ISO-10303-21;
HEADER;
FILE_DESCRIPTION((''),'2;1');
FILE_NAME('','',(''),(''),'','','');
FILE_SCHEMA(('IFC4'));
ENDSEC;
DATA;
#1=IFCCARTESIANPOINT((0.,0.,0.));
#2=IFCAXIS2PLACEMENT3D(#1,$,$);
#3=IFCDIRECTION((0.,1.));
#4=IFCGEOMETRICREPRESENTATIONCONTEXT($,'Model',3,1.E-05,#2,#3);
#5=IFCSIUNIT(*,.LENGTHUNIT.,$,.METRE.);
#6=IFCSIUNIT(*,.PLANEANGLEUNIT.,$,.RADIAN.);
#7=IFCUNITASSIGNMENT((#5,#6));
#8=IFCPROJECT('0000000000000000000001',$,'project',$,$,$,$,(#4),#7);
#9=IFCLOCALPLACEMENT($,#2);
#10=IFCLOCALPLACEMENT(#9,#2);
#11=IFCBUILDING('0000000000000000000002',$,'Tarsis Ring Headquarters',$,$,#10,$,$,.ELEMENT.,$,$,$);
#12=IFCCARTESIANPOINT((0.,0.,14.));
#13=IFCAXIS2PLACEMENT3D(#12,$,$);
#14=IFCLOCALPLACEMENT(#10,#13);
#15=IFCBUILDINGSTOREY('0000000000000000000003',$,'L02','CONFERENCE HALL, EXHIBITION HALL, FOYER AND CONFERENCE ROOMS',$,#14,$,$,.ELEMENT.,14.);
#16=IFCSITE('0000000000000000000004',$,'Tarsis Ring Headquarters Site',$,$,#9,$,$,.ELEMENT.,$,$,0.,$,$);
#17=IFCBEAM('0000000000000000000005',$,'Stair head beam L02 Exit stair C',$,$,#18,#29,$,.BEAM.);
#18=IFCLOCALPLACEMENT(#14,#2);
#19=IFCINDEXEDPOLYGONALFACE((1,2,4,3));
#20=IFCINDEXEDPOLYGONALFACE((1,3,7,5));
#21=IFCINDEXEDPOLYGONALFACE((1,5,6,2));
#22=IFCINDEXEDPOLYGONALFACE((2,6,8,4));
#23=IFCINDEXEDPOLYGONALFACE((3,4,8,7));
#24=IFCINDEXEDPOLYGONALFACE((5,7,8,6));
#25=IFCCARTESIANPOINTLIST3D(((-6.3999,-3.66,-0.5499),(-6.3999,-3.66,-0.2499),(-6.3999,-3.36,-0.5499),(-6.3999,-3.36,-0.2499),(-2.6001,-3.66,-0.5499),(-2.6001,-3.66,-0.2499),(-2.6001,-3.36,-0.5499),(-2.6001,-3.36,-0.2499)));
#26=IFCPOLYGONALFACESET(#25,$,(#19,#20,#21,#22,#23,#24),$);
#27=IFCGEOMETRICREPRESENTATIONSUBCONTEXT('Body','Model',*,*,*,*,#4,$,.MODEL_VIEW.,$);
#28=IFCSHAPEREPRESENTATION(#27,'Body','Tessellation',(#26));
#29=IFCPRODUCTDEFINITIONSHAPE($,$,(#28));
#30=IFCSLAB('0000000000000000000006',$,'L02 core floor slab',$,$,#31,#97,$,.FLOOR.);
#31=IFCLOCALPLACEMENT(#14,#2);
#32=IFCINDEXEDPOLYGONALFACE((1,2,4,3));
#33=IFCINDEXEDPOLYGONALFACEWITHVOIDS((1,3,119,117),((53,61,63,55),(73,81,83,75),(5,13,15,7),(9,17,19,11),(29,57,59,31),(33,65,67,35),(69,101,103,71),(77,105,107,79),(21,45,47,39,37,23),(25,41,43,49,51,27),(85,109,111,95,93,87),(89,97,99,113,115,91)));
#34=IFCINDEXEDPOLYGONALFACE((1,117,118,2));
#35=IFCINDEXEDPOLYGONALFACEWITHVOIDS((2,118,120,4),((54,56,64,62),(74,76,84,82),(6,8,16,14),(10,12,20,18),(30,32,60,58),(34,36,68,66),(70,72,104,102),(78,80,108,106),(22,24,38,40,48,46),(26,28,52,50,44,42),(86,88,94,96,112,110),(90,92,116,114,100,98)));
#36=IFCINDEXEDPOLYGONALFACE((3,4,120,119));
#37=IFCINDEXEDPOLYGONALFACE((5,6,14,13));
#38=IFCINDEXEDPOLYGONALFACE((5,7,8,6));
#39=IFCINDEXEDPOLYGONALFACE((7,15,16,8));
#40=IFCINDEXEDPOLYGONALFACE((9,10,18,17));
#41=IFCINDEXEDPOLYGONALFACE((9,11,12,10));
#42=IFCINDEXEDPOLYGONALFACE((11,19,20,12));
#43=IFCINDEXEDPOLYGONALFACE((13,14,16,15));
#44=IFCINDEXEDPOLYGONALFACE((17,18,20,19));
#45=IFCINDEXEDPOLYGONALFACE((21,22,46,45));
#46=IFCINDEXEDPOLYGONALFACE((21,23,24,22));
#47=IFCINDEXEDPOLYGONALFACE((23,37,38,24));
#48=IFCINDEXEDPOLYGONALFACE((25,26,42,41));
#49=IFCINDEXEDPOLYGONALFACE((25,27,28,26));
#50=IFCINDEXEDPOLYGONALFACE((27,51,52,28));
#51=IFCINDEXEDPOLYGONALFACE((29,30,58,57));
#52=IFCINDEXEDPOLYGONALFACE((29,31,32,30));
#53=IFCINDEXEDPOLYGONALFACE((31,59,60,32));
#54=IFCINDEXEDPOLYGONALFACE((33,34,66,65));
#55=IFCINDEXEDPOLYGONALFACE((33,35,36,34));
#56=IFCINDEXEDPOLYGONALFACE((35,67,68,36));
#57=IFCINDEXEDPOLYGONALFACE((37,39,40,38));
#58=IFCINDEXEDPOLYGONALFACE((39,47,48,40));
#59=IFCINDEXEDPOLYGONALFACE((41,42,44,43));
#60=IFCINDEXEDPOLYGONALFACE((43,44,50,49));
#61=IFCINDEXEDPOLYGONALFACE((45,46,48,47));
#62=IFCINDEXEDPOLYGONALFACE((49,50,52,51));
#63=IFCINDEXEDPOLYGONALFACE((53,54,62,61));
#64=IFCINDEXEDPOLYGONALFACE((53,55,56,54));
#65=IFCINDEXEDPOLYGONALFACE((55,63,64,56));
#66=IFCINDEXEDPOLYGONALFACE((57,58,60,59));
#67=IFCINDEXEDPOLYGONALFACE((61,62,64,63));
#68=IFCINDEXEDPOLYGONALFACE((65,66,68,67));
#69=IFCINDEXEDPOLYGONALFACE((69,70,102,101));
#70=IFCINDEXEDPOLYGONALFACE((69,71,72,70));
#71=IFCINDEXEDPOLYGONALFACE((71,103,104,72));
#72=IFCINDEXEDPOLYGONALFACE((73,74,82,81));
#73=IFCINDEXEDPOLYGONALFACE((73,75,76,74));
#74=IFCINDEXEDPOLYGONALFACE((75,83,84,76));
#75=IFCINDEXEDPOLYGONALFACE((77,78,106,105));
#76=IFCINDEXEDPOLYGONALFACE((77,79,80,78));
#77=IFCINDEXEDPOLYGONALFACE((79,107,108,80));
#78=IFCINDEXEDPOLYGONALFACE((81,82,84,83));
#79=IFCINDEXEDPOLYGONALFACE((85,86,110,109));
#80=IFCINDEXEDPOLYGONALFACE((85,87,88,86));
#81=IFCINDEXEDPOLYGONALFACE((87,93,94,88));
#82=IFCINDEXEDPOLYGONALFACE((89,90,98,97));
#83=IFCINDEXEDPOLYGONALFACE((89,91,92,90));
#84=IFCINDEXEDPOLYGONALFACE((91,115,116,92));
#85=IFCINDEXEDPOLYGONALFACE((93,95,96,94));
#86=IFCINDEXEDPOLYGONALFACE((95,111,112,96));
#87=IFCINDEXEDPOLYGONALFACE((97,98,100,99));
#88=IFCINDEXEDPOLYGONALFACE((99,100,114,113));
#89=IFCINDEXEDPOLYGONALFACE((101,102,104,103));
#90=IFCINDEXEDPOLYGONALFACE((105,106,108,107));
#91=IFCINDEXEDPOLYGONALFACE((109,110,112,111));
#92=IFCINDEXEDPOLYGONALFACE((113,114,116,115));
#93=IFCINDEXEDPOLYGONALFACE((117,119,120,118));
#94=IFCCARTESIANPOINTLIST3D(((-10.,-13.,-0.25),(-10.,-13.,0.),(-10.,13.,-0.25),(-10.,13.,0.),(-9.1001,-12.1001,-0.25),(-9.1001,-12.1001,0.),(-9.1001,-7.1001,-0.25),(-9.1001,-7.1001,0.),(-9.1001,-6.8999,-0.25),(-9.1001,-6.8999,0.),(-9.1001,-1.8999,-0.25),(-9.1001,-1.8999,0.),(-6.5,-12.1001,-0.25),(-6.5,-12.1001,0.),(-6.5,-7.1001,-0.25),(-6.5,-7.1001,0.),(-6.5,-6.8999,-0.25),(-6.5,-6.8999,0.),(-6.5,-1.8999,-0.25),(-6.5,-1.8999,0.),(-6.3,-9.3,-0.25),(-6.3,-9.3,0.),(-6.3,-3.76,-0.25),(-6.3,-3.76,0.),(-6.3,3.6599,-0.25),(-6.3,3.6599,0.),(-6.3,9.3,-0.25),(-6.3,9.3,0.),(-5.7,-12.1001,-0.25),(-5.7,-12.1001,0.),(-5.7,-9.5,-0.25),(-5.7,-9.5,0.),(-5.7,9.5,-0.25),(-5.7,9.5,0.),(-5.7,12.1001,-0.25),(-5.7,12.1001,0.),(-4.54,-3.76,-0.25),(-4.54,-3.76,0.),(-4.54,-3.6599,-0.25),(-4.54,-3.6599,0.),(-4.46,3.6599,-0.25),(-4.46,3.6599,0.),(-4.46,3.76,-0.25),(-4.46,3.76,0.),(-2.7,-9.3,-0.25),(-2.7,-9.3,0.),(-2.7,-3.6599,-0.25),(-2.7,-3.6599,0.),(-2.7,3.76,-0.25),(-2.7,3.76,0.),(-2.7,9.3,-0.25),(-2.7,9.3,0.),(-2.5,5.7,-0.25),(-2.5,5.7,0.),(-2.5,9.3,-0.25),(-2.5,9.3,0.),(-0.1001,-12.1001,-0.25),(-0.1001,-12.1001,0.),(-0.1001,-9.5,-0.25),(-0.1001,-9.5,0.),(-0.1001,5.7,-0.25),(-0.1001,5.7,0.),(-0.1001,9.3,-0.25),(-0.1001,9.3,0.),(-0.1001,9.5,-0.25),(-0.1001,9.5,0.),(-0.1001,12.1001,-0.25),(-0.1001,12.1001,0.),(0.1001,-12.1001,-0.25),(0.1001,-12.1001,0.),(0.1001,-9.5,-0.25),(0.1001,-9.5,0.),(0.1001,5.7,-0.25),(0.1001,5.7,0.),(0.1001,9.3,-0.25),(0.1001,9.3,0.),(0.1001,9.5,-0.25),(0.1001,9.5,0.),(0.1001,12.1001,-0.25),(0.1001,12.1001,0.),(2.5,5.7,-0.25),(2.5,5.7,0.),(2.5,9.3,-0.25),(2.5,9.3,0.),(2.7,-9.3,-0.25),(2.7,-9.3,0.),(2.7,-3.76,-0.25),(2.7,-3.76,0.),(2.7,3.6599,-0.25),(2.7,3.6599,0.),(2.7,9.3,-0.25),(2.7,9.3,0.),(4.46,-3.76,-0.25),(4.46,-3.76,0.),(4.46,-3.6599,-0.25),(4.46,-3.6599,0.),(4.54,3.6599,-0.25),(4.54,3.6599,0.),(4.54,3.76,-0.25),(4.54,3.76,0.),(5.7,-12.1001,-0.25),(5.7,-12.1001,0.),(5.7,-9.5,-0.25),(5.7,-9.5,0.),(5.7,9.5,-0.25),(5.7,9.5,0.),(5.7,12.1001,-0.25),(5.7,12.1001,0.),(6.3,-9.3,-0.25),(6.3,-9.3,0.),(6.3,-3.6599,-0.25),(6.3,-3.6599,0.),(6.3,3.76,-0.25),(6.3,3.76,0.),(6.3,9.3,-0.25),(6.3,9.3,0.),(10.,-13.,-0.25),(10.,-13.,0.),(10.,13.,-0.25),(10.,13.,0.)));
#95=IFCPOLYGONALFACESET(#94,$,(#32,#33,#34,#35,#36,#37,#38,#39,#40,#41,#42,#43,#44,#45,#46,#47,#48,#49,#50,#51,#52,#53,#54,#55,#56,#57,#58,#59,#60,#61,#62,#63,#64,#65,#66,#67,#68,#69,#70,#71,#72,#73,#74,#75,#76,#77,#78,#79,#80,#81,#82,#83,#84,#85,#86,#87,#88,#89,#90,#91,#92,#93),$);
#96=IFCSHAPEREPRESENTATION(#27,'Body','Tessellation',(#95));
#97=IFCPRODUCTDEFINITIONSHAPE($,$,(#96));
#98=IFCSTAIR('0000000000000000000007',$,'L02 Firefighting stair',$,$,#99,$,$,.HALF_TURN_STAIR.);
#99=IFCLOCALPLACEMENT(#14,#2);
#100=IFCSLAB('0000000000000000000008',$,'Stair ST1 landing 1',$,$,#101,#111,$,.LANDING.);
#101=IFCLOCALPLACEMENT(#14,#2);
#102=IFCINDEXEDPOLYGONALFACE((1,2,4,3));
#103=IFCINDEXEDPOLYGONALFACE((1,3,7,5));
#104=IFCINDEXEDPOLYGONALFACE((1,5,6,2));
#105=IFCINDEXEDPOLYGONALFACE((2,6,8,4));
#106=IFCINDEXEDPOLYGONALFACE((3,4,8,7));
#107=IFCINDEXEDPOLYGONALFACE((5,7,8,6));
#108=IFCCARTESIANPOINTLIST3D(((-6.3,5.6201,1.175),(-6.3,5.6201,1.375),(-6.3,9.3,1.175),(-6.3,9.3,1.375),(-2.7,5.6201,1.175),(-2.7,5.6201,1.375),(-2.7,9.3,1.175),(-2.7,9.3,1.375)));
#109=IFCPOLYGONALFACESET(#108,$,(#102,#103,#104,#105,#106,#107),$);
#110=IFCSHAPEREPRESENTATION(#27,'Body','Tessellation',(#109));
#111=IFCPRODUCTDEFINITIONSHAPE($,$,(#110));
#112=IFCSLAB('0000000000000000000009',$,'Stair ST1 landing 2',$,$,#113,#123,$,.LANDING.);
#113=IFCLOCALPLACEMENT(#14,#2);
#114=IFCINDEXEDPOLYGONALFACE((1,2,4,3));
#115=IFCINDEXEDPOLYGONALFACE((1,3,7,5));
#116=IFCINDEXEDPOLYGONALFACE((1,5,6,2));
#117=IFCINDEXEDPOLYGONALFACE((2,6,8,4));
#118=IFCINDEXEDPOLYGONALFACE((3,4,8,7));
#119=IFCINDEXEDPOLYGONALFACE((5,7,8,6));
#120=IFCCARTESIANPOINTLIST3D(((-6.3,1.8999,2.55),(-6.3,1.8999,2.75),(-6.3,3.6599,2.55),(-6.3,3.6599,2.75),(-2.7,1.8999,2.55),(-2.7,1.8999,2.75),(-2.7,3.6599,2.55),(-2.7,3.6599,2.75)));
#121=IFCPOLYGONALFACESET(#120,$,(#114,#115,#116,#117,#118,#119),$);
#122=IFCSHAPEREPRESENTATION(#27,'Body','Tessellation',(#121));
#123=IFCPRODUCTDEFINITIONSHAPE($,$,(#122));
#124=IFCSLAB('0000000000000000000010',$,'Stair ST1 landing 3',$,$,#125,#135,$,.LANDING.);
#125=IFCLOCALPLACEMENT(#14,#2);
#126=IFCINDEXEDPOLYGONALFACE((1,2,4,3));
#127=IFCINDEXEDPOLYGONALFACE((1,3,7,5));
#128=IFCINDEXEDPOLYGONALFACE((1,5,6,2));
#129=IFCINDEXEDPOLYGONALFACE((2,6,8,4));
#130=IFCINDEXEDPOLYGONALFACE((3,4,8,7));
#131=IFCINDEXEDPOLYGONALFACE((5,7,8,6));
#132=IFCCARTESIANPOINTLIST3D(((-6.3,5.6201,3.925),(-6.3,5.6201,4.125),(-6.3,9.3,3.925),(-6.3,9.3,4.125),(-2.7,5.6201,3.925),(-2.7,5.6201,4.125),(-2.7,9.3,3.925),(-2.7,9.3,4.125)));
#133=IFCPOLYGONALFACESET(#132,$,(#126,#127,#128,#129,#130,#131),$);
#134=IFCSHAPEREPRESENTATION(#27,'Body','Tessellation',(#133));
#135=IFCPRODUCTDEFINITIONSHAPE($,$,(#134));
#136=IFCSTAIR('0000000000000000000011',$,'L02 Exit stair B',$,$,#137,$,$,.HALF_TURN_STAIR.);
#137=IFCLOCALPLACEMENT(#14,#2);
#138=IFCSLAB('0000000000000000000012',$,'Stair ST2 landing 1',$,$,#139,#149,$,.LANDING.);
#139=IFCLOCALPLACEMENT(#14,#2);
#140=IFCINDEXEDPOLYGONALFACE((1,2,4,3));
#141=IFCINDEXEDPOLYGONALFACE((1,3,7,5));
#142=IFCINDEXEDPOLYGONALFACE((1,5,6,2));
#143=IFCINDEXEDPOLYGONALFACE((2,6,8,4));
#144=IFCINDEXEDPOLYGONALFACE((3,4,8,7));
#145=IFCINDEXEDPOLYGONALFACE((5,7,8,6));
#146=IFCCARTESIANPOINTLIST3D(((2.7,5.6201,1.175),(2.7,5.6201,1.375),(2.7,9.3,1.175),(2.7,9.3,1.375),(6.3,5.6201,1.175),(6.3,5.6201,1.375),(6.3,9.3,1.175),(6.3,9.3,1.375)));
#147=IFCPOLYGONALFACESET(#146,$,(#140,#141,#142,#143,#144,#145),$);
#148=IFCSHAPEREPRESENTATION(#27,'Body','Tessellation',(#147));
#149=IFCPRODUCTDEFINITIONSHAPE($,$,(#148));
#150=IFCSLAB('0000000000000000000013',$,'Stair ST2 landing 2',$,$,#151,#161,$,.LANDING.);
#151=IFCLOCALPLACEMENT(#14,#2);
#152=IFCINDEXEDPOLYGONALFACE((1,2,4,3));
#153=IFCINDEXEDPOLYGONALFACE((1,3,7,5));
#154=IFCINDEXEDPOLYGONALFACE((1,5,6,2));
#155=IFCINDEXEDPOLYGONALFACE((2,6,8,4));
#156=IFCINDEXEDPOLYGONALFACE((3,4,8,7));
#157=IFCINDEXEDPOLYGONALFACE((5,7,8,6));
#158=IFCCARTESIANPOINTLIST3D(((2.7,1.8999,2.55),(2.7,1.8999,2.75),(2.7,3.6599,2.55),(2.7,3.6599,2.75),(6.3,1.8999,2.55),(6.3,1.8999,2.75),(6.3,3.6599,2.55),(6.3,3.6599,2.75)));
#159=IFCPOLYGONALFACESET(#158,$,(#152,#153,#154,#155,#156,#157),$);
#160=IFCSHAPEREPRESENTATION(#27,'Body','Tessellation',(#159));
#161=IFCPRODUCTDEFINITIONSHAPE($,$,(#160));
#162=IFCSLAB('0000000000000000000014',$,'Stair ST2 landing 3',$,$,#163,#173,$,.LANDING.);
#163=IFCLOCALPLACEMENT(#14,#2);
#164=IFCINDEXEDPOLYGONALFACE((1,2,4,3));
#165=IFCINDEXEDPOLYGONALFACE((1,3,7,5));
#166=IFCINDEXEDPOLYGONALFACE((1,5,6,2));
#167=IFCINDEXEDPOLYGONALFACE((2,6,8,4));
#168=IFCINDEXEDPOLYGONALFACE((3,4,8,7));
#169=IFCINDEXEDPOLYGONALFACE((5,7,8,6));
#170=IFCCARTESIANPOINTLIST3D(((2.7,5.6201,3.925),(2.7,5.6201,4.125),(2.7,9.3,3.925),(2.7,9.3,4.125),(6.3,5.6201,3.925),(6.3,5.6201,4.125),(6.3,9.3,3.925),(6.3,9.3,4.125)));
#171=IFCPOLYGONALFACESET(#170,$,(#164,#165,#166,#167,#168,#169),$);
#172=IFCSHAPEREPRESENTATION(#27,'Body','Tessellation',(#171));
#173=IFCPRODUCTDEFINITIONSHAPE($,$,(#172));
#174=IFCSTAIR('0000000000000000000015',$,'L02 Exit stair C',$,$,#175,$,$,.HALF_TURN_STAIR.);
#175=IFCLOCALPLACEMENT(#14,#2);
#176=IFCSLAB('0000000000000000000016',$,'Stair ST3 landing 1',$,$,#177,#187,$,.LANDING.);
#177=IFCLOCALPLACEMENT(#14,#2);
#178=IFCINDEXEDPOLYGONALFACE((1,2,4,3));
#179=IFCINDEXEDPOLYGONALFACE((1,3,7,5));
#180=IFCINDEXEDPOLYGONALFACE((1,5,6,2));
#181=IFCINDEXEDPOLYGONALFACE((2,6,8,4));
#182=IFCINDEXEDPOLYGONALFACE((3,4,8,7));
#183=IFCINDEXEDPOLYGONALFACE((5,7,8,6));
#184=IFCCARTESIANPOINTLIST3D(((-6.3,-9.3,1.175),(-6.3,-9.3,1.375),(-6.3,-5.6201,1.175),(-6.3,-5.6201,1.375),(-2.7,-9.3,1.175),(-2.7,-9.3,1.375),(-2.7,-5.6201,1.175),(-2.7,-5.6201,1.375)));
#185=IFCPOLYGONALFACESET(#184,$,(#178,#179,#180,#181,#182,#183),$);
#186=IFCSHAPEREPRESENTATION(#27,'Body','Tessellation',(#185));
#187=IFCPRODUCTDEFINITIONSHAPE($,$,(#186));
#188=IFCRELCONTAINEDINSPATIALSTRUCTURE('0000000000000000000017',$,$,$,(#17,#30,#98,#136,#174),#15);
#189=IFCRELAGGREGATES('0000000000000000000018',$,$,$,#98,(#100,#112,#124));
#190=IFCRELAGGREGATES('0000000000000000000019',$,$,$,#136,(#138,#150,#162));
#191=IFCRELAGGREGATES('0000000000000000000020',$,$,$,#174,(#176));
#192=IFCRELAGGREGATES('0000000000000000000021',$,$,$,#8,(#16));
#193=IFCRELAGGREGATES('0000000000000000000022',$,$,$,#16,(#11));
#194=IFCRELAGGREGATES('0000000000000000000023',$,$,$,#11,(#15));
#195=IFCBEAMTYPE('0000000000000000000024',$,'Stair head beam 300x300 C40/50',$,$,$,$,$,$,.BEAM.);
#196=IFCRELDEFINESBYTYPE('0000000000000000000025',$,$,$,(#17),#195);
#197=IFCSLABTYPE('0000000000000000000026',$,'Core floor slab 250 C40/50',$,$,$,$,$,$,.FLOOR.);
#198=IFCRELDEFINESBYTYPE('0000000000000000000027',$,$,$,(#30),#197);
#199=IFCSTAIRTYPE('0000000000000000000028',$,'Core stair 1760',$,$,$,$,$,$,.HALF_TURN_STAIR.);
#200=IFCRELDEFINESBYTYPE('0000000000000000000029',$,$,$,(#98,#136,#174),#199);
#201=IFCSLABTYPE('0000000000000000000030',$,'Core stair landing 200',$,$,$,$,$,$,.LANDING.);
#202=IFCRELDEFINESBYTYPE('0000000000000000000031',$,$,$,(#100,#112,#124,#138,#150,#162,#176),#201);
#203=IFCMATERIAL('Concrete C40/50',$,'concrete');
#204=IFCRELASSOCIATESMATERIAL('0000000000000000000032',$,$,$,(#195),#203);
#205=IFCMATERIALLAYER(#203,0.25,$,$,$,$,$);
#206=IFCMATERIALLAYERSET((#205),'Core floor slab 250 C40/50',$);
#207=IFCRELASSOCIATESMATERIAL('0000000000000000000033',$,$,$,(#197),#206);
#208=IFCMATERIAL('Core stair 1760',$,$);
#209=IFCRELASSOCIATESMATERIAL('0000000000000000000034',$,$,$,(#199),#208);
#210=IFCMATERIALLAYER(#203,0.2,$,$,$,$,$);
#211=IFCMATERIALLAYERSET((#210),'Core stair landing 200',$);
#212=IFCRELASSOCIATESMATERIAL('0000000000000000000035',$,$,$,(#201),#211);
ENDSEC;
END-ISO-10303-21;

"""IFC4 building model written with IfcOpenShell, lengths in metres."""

from ifc_helpers import new_model, si_unit, direction, frame, origin, origin_2d, place, context, subcontext, project, spatial, polyline, rectangle, outline, extrude, material, layer, layer_set, material_profile, profile_set, type_object, element, aggregate, save


model = new_model("IFC4")

# Units and contexts
model_context = context("Model", 3, precision=1e-05, world=origin(), true_north=direction((0.0, 1.0)))
body_context = subcontext(model_context, "Body", "Model", "MODEL_VIEW")
ifc_project = project(units=[si_unit("LENGTHUNIT", "METRE"), si_unit("PLANEANGLEUNIT", "RADIAN")], contexts=[model_context])

# Site, building, storey
site_placement = place(None, origin())
site = spatial("IfcSite", under=ifc_project, at=site_placement, Name="Tarsis Ring Headquarters Site", CompositionType="ELEMENT", RefElevation=0.0)
building_placement = place(site_placement, origin())
building = spatial("IfcBuilding", under=site, at=building_placement, Name="Tarsis Ring Headquarters", CompositionType="ELEMENT")
storey_placement = place(building_placement, frame((0.0, 0.0, 14.0)))
storey = spatial("IfcBuildingStorey", under=building, at=storey_placement, Name="L02", Description="CONFERENCE HALL, EXHIBITION HALL, FOYER AND CONFERENCE ROOMS", CompositionType="ELEMENT", Elevation=14.0)

# Beam
ifc_material_1 = material(Name="Concrete C40/50", Category="concrete")
ifc_material_profile = material_profile(ifc_material_1, rectangle(XDim=0.3, YDim=0.3, at=origin_2d()), Name="Stair head beam 300x300 C40/50")
ifc_profile_set = profile_set([ifc_material_profile], Name="Concrete C40/50")
beam_type = type_object("IfcBeamType", Name="Stair head beam 300x300 C40/50", PredefinedType="BEAM", material=ifc_profile_set)
beam_placement = place(storey_placement, frame((-6.3999, -3.51, -0.3999), z_axis=(1.0, 0.0, 0.0), x_axis=(0.0, 1.0, 0.0)))
element("IfcBeam", 1, at=beam_placement, inside=storey, type_object=beam_type, Name="Stair head beam L02 Exit stair C", PredefinedType="BEAM", context=body_context, shape_type="SweptSolid", body=[
    extrude(rectangle(XDim=0.3, YDim=0.3, at=origin_2d()), origin(), (0.0, 0.0, 1.0), 3.7998),
])

# Slab
ifc_layer_1 = layer(ifc_material_1, 0.25)
ifc_layer_set_1 = layer_set([ifc_layer_1], Name="Core floor slab 250 C40/50")
slab_type_1 = type_object("IfcSlabType", Name="Core floor slab 250 C40/50", PredefinedType="FLOOR", material=ifc_layer_set_1)
slab_1_placement = place(storey_placement, frame((0.0, 0.0, -0.25)))
element("IfcSlab", 2, at=slab_1_placement, inside=storey, type_object=slab_type_1, Name="L02 core floor slab", PredefinedType="FLOOR", context=body_context, shape_type="SweptSolid", body=[
    extrude(outline(polyline([(-10.0, -13.0), (10.0, -13.0), (10.0, 13.0), (-10.0, 13.0), (-10.0, -13.0)]), holes=[polyline([(-2.5, 5.7), (-0.1001, 5.7), (-0.1001, 9.3), (-2.5, 9.3), (-2.5, 5.7)]), polyline([(0.1001, 5.7), (2.5, 5.7), (2.5, 9.3), (0.1001, 9.3), (0.1001, 5.7)]), polyline([(-9.1001, -12.1001), (-6.5, -12.1001), (-6.5, -7.1001), (-9.1001, -7.1001), (-9.1001, -12.1001)]), polyline([(-9.1001, -6.8999), (-6.5, -6.8999), (-6.5, -1.8999), (-9.1001, -1.8999), (-9.1001, -6.8999)]), polyline([(-5.7, 9.5), (-0.1001, 9.5), (-0.1001, 12.1001), (-5.7, 12.1001), (-5.7, 9.5)]), polyline([(0.1001, 9.5), (5.7, 9.5), (5.7, 12.1001), (0.1001, 12.1001), (0.1001, 9.5)]), polyline([(-5.7, -12.1001), (-0.1001, -12.1001), (-0.1001, -9.5), (-5.7, -9.5), (-5.7, -12.1001)]), polyline([(0.1001, -12.1001), (5.7, -12.1001), (5.7, -9.5), (0.1001, -9.5), (0.1001, -12.1001)]), polyline([(-2.7, 3.76), (-2.7, 9.3), (-6.3, 9.3), (-6.3, 3.6599), (-4.46, 3.6599), (-4.46, 3.76), (-2.7, 3.76)]), polyline([(6.3, 3.76), (6.3, 9.3), (2.7, 9.3), (2.7, 3.6599), (4.54, 3.6599), (4.54, 3.76), (6.3, 3.76)]), polyline([(-6.3, -3.76), (-6.3, -9.3), (-2.7, -9.3), (-2.7, -3.6599), (-4.54, -3.6599), (-4.54, -3.76), (-6.3, -3.76)]), polyline([(2.7, -3.76), (2.7, -9.3), (6.3, -9.3), (6.3, -3.6599), (4.46, -3.6599), (4.46, -3.76), (2.7, -3.76)])]), origin(), (0.0, 0.0, 1.0), 0.25),
])

# Stairs, slabs
ifc_material_2 = material(Name="Core stair 1760")
stair_type_1 = type_object("IfcStairType", Name="Core stair 1760", PredefinedType="HALF_TURN_STAIR", material=ifc_material_2)
stair_1_placement = place(storey_placement, origin())
stair_1 = element("IfcStair", 3, at=stair_1_placement, inside=storey, type_object=stair_type_1, Name="L02 Firefighting stair", PredefinedType="HALF_TURN_STAIR")
ifc_layer_2 = layer(ifc_material_1, 0.2)
ifc_layer_set_2 = layer_set([ifc_layer_2], Name="Core stair landing 200")
slab_type_2 = type_object("IfcSlabType", Name="Core stair landing 200", PredefinedType="LANDING", material=ifc_layer_set_2)
slab_2_placement = place(storey_placement, frame((0.0, 0.0, 1.175)))
slab_2 = element("IfcSlab", 4, at=slab_2_placement, type_object=slab_type_2, Name="Stair ST1 landing 1", PredefinedType="LANDING", context=body_context, shape_type="SweptSolid", body=[
    extrude(outline(polyline([(-2.7, 5.6201), (-2.7, 9.3), (-6.3, 9.3), (-6.3, 5.6201), (-2.7, 5.6201)])), origin(), (0.0, 0.0, 1.0), 0.2),
])
slab_3_placement = place(storey_placement, frame((0.0, 0.0, 2.55)))
slab_3 = element("IfcSlab", 5, at=slab_3_placement, type_object=slab_type_2, Name="Stair ST1 landing 2", PredefinedType="LANDING", context=body_context, shape_type="SweptSolid", body=[
    extrude(outline(polyline([(-2.7, 1.8999), (-2.7, 3.6599), (-6.3, 3.6599), (-6.3, 1.8999), (-2.7, 1.8999)])), origin(), (0.0, 0.0, 1.0), 0.2),
])
slab_4_placement = place(storey_placement, frame((0.0, 0.0, 3.925)))
slab_4 = element("IfcSlab", 6, at=slab_4_placement, type_object=slab_type_2, Name="Stair ST1 landing 3", PredefinedType="LANDING", context=body_context, shape_type="SweptSolid", body=[
    extrude(outline(polyline([(-2.7, 5.6201), (-2.7, 9.3), (-6.3, 9.3), (-6.3, 5.6201), (-2.7, 5.6201)])), origin(), (0.0, 0.0, 1.0), 0.2),
])
aggregate(stair_1, [slab_2, slab_3, slab_4])
stair_2_placement = place(storey_placement, origin())
stair_2 = element("IfcStair", 7, at=stair_2_placement, inside=storey, type_object=stair_type_1, Name="L02 Exit stair B", PredefinedType="HALF_TURN_STAIR")
slab_5_placement = place(storey_placement, frame((0.0, 0.0, 1.175)))
slab_5 = element("IfcSlab", 8, at=slab_5_placement, type_object=slab_type_2, Name="Stair ST2 landing 1", PredefinedType="LANDING", context=body_context, shape_type="SweptSolid", body=[
    extrude(outline(polyline([(6.3, 5.6201), (6.3, 9.3), (2.7, 9.3), (2.7, 5.6201), (6.3, 5.6201)])), origin(), (0.0, 0.0, 1.0), 0.2),
])
slab_6_placement = place(storey_placement, frame((0.0, 0.0, 2.55)))
slab_6 = element("IfcSlab", 9, at=slab_6_placement, type_object=slab_type_2, Name="Stair ST2 landing 2", PredefinedType="LANDING", context=body_context, shape_type="SweptSolid", body=[
    extrude(outline(polyline([(6.3, 1.8999), (6.3, 3.6599), (2.7, 3.6599), (2.7, 1.8999), (6.3, 1.8999)])), origin(), (0.0, 0.0, 1.0), 0.2),
])
slab_7_placement = place(storey_placement, frame((0.0, 0.0, 3.925)))
slab_7 = element("IfcSlab", 10, at=slab_7_placement, type_object=slab_type_2, Name="Stair ST2 landing 3", PredefinedType="LANDING", context=body_context, shape_type="SweptSolid", body=[
    extrude(outline(polyline([(6.3, 5.6201), (6.3, 9.3), (2.7, 9.3), (2.7, 5.6201), (6.3, 5.6201)])), origin(), (0.0, 0.0, 1.0), 0.2),
])
aggregate(stair_2, [slab_5, slab_6, slab_7])
stair_3_placement = place(storey_placement, origin())
stair_3 = element("IfcStair", 11, at=stair_3_placement, inside=storey, type_object=stair_type_1, Name="L02 Exit stair C", PredefinedType="HALF_TURN_STAIR")
slab_8_placement = place(storey_placement, frame((0.0, 0.0, 1.175)))
slab_8 = element("IfcSlab", 12, at=slab_8_placement, type_object=slab_type_2, Name="Stair ST3 landing 1", PredefinedType="LANDING", context=body_context, shape_type="SweptSolid", body=[
    extrude(outline(polyline([(-6.3, -5.6201), (-6.3, -9.3), (-2.7, -9.3), (-2.7, -5.6201), (-6.3, -5.6201)])), origin(), (0.0, 0.0, 1.0), 0.2),
])
aggregate(stair_3, [slab_8])

save(model, "model.ifc")
